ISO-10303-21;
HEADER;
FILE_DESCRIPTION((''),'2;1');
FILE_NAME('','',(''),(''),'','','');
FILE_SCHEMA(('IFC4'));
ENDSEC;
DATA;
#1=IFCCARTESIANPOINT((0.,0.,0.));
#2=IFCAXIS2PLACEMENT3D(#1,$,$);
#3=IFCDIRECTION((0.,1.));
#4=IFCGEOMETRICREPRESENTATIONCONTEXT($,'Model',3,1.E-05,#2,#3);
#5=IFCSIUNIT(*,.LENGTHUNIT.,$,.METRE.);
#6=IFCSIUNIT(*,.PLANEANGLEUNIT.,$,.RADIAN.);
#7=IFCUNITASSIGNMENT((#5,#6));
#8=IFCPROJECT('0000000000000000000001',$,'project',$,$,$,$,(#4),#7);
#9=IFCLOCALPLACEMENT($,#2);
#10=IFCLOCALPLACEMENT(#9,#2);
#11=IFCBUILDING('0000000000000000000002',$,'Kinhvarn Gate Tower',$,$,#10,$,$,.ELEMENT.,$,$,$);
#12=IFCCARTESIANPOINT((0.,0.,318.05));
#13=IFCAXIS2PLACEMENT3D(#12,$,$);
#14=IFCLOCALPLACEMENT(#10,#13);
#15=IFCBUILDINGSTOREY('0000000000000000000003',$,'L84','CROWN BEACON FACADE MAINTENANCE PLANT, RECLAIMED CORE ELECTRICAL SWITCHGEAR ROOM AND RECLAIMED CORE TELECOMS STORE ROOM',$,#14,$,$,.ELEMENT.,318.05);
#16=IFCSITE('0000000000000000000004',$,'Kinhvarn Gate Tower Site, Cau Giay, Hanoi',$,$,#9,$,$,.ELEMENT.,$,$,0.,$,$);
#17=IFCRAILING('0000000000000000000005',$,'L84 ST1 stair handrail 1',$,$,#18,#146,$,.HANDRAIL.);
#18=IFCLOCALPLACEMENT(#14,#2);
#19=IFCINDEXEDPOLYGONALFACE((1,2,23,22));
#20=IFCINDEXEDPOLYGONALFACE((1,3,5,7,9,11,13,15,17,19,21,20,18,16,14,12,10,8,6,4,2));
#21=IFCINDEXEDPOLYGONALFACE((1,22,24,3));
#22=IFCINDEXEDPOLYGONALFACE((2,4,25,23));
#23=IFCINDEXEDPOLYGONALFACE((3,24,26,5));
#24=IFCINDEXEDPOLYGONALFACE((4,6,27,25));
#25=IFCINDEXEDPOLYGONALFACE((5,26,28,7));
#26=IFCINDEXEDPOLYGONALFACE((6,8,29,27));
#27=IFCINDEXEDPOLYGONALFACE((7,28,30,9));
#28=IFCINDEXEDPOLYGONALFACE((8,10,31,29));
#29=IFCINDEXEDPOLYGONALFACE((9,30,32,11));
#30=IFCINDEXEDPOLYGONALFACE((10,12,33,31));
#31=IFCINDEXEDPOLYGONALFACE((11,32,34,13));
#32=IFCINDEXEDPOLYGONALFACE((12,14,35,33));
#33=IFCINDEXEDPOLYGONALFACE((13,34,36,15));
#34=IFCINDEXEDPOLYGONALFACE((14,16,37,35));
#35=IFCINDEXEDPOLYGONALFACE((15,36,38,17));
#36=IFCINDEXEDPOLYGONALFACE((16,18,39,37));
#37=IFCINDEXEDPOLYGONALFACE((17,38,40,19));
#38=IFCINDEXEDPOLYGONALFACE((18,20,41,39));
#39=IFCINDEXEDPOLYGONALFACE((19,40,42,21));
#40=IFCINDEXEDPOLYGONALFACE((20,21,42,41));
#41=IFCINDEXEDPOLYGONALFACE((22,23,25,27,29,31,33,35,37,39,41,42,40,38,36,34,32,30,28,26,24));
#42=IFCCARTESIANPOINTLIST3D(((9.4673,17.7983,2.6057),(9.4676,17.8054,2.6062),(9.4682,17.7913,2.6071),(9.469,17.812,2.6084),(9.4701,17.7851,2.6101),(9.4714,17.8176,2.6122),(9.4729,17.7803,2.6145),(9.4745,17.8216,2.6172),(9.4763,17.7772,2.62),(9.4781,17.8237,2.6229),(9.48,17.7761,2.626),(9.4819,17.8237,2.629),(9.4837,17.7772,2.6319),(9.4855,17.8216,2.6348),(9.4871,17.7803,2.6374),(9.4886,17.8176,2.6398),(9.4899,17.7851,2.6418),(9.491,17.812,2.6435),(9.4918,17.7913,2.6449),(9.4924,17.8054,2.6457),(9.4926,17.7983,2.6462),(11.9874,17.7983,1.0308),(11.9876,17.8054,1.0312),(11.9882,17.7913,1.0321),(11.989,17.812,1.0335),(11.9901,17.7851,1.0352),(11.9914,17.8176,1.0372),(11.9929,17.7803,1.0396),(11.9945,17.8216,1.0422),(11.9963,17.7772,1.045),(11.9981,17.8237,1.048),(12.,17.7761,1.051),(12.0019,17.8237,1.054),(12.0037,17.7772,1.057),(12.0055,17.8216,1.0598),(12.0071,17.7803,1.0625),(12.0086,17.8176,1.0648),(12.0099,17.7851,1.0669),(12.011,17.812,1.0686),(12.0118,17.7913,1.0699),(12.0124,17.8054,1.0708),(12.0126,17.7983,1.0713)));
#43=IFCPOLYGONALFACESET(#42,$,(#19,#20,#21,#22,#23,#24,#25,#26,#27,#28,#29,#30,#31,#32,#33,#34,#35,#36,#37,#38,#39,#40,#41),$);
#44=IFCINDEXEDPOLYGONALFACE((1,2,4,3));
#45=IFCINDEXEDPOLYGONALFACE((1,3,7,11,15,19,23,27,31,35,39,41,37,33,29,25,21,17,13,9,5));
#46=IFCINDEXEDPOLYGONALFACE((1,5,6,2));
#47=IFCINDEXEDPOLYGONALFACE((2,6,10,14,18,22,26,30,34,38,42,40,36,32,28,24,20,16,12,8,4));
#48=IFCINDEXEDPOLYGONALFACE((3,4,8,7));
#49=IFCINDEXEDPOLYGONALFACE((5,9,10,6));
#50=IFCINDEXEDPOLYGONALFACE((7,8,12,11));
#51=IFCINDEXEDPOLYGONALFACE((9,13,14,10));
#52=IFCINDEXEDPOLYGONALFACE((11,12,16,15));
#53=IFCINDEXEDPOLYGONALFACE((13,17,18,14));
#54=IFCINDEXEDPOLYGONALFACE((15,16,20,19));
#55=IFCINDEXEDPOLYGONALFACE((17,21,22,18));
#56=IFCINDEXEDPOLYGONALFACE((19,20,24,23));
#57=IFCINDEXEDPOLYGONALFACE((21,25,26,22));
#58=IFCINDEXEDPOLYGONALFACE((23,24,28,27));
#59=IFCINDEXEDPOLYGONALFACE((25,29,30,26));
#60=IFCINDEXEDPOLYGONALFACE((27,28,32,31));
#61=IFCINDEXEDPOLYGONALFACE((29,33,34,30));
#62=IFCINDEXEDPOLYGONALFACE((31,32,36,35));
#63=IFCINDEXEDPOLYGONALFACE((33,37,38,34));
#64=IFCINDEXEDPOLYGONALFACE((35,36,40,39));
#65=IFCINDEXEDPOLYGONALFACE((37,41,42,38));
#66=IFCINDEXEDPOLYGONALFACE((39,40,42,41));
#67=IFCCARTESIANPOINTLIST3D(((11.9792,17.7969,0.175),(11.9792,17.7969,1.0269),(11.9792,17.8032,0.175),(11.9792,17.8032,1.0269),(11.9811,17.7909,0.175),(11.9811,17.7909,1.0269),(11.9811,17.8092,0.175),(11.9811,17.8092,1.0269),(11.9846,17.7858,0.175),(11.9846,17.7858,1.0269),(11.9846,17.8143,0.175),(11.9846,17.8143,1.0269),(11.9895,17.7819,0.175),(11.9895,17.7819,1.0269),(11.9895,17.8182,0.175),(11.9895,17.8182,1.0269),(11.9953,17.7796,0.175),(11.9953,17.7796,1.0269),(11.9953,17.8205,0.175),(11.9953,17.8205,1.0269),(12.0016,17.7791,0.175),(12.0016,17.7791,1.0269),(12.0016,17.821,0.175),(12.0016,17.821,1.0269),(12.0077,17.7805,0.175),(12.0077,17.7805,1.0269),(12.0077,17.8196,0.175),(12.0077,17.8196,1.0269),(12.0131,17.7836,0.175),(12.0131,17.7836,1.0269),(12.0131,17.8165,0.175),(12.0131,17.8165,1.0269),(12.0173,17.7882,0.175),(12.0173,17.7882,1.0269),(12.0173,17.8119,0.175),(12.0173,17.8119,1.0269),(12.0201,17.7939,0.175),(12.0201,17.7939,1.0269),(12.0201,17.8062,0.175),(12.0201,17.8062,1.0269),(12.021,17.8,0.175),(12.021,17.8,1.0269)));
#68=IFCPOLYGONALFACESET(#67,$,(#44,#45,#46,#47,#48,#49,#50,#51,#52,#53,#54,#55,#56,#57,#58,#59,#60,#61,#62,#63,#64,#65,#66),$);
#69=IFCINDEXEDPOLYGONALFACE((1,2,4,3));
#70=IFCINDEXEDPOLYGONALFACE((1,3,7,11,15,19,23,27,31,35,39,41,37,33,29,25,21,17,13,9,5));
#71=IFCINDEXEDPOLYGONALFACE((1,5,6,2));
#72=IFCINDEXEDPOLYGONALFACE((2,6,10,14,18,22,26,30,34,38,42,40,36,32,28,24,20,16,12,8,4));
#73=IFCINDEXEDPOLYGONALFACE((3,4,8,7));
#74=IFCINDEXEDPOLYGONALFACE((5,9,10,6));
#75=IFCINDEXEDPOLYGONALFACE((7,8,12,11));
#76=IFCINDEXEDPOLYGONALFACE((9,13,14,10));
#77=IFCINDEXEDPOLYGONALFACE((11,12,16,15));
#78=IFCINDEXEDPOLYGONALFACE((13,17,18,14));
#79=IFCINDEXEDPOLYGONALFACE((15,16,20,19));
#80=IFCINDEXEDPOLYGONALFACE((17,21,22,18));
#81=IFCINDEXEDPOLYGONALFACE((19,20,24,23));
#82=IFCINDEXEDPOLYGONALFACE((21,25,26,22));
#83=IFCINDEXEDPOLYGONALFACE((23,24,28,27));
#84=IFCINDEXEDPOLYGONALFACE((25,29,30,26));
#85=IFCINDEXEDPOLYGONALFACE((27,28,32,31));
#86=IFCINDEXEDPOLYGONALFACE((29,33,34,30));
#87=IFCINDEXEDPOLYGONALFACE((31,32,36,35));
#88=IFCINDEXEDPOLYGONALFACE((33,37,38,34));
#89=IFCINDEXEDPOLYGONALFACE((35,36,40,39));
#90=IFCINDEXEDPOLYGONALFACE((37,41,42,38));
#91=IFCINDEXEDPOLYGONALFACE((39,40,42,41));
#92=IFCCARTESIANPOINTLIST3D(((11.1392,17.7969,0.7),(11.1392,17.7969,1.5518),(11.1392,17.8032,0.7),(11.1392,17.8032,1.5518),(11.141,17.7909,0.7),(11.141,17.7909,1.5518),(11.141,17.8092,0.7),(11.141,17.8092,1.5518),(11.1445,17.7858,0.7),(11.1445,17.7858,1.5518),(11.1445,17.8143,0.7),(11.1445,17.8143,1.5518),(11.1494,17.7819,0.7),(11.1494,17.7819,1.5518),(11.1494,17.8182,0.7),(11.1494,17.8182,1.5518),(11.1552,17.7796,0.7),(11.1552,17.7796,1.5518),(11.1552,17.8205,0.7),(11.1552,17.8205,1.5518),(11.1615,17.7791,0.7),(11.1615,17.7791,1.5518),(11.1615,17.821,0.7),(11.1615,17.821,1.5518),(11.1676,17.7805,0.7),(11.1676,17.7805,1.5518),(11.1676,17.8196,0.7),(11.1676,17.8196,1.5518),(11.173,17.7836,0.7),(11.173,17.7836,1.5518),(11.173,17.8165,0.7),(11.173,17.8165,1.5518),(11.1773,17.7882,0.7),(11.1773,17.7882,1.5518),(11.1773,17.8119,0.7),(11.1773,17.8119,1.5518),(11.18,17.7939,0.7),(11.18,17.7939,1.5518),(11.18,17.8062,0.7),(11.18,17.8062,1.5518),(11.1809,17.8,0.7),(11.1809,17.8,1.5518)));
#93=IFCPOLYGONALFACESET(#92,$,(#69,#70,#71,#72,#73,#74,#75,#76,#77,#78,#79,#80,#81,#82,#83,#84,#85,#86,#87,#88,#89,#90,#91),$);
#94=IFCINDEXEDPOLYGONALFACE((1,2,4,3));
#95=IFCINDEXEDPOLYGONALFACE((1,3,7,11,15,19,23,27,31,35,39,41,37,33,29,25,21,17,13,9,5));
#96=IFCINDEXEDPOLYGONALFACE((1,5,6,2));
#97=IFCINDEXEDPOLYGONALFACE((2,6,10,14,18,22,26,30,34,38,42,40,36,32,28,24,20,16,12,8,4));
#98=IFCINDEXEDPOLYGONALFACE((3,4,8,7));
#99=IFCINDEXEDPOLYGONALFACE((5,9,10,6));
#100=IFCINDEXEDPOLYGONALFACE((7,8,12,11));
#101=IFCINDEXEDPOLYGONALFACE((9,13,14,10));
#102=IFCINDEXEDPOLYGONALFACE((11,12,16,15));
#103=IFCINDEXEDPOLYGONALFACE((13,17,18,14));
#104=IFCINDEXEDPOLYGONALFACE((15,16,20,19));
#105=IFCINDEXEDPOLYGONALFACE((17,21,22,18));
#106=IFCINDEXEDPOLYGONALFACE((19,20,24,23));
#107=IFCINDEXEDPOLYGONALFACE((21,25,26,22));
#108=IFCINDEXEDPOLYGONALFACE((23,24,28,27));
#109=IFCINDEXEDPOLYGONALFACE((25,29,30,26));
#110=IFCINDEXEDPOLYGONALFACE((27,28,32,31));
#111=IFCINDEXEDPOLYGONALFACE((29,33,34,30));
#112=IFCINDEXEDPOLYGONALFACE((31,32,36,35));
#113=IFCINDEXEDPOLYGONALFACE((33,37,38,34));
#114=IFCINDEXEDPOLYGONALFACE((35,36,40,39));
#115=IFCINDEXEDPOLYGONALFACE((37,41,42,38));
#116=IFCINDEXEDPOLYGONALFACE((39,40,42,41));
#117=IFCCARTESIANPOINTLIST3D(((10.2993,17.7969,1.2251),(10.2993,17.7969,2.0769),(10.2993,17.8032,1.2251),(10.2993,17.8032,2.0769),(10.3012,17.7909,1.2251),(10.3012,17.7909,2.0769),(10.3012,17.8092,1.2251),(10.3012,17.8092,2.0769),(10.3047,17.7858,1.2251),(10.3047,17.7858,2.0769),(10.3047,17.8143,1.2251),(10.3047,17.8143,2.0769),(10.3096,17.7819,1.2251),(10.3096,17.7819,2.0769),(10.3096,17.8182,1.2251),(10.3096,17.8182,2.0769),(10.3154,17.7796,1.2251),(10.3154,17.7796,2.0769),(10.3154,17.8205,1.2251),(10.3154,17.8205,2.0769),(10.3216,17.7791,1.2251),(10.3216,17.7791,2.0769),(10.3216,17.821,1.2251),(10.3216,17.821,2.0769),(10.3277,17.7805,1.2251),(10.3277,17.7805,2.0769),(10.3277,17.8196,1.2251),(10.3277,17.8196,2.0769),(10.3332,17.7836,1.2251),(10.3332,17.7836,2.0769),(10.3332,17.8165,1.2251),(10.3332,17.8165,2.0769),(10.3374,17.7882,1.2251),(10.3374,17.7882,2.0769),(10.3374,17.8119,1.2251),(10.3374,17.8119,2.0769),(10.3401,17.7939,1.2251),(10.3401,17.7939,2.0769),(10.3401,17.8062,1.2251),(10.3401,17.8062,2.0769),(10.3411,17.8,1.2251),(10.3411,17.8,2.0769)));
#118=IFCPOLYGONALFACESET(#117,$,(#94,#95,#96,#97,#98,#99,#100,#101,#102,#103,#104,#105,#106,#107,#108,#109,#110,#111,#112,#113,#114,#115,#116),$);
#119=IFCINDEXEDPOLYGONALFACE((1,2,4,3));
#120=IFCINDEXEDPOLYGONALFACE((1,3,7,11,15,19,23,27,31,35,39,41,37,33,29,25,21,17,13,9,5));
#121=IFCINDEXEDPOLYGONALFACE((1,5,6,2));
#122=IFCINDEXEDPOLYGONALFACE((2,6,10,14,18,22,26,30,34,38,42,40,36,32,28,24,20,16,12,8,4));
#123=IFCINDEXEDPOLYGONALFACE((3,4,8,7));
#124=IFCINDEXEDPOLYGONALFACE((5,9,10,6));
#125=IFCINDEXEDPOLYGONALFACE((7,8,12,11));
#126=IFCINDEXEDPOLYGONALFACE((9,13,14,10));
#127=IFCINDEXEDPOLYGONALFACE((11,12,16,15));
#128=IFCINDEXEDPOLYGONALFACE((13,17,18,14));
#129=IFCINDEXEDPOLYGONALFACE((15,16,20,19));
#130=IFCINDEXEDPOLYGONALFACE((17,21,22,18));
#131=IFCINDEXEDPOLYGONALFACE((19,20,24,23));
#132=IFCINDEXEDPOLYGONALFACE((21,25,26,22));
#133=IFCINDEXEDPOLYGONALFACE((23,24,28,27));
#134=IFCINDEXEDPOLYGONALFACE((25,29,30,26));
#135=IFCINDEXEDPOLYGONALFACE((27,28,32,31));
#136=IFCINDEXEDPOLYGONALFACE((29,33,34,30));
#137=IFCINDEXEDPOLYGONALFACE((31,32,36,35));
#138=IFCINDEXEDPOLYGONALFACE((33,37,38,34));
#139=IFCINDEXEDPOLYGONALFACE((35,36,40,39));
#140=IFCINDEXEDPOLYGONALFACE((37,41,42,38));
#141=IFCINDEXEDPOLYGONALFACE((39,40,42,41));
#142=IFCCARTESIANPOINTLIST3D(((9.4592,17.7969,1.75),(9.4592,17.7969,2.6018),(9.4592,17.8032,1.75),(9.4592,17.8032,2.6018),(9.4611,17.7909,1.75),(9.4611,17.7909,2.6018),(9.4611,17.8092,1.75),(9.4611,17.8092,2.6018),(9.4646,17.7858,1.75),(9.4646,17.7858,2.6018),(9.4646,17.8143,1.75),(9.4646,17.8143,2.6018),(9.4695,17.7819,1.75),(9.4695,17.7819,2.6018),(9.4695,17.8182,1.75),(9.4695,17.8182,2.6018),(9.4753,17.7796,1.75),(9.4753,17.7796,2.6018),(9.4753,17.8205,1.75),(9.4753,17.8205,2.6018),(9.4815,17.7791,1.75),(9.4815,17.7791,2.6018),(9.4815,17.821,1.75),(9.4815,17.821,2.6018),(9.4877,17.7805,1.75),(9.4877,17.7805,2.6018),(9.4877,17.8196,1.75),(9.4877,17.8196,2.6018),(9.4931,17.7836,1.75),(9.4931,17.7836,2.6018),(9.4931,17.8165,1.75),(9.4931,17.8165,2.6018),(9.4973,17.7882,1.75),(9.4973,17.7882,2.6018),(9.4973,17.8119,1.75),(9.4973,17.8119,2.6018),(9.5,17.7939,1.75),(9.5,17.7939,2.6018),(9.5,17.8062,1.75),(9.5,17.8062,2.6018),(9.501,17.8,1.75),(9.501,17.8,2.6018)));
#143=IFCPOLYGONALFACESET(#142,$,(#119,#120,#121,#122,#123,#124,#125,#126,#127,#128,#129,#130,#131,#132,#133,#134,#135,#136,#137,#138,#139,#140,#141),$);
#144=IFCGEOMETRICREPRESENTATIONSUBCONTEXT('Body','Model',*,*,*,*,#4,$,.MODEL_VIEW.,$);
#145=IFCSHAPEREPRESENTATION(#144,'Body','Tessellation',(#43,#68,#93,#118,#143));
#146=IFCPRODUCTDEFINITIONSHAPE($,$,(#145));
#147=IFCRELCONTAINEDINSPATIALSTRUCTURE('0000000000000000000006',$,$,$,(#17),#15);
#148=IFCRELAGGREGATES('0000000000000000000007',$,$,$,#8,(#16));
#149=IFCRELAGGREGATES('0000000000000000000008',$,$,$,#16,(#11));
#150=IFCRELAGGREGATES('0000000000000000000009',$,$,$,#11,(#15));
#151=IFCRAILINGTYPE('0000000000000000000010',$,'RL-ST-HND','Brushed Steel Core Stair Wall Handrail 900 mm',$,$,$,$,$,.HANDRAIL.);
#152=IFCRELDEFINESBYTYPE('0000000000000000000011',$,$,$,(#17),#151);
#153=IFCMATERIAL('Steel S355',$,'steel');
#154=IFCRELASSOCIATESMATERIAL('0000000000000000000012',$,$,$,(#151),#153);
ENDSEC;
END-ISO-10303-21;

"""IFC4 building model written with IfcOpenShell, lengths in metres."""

from ifc_helpers import new_model, si_unit, direction, frame, origin, origin_2d, place, context, subcontext, project, spatial, circle, extrude, material, type_object, element, save


model = new_model("IFC4")

# Units and contexts
model_context = context("Model", 3, precision=1e-05, world=origin(), true_north=direction((0.0, 1.0)))
body_context = subcontext(model_context, "Body", "Model", "MODEL_VIEW")
ifc_project = project(units=[si_unit("LENGTHUNIT", "METRE"), si_unit("PLANEANGLEUNIT", "RADIAN")], contexts=[model_context])

# Site, building, storey
site_placement = place(None, origin())
site = spatial("IfcSite", under=ifc_project, at=site_placement, Name="Kinhvarn Gate Tower Site, Cau Giay, Hanoi", CompositionType="ELEMENT", RefElevation=0.0)
building_placement = place(site_placement, origin())
building = spatial("IfcBuilding", under=site, at=building_placement, Name="Kinhvarn Gate Tower", CompositionType="ELEMENT")
storey_placement = place(building_placement, frame((0.0, 0.0, 318.05)))
storey = spatial("IfcBuildingStorey", under=building, at=storey_placement, Name="L84", Description="CROWN BEACON FACADE MAINTENANCE PLANT, RECLAIMED CORE ELECTRICAL SWITCHGEAR ROOM AND RECLAIMED CORE TELECOMS STORE ROOM", CompositionType="ELEMENT", Elevation=318.05)

# Railing
ifc_material_1 = material(Name="Steel S355", Category="steel")
railing_type_1 = type_object("IfcRailingType", Name="RL-ST-HND", Description="Brushed Steel Core Stair Wall Handrail 900 mm", PredefinedType="HANDRAIL", material=ifc_material_1)
railing_1_placement = place(storey_placement, frame((12.0, 17.8, 0.175)))
element("IfcRailing", 1, at=railing_1_placement, inside=storey, type_object=railing_type_1, Name="L84 ST1 stair handrail 1", PredefinedType="HANDRAIL", context=body_context, shape_type="SweptSolid", body=[
    extrude(circle(Radius=0.0239, at=origin_2d()), frame((0.0, 0.0, 0.876), z_axis=(-0.848008, 0.0, 0.529984), x_axis=(0.0, -1.0, 0.0)), (0.0, 0.0, 1.0), 2.9717),
    extrude(circle(Radius=0.021, at=origin_2d()), origin(), (0.0, 0.0, 1.0), 0.8518),
    extrude(circle(Radius=0.021, at=origin_2d()), frame((-0.8401, 0.0, 0.5249)), (0.0, 0.0, 1.0), 0.8518),
    extrude(circle(Radius=0.021, at=origin_2d()), frame((-1.6799, 0.0, 1.05)), (0.0, 0.0, 1.0), 0.8518),
    extrude(circle(Radius=0.021, at=origin_2d()), frame((-2.52, 0.0, 1.575)), (0.0, 0.0, 1.0), 0.8518),
])

save(model, "model.ifc")
